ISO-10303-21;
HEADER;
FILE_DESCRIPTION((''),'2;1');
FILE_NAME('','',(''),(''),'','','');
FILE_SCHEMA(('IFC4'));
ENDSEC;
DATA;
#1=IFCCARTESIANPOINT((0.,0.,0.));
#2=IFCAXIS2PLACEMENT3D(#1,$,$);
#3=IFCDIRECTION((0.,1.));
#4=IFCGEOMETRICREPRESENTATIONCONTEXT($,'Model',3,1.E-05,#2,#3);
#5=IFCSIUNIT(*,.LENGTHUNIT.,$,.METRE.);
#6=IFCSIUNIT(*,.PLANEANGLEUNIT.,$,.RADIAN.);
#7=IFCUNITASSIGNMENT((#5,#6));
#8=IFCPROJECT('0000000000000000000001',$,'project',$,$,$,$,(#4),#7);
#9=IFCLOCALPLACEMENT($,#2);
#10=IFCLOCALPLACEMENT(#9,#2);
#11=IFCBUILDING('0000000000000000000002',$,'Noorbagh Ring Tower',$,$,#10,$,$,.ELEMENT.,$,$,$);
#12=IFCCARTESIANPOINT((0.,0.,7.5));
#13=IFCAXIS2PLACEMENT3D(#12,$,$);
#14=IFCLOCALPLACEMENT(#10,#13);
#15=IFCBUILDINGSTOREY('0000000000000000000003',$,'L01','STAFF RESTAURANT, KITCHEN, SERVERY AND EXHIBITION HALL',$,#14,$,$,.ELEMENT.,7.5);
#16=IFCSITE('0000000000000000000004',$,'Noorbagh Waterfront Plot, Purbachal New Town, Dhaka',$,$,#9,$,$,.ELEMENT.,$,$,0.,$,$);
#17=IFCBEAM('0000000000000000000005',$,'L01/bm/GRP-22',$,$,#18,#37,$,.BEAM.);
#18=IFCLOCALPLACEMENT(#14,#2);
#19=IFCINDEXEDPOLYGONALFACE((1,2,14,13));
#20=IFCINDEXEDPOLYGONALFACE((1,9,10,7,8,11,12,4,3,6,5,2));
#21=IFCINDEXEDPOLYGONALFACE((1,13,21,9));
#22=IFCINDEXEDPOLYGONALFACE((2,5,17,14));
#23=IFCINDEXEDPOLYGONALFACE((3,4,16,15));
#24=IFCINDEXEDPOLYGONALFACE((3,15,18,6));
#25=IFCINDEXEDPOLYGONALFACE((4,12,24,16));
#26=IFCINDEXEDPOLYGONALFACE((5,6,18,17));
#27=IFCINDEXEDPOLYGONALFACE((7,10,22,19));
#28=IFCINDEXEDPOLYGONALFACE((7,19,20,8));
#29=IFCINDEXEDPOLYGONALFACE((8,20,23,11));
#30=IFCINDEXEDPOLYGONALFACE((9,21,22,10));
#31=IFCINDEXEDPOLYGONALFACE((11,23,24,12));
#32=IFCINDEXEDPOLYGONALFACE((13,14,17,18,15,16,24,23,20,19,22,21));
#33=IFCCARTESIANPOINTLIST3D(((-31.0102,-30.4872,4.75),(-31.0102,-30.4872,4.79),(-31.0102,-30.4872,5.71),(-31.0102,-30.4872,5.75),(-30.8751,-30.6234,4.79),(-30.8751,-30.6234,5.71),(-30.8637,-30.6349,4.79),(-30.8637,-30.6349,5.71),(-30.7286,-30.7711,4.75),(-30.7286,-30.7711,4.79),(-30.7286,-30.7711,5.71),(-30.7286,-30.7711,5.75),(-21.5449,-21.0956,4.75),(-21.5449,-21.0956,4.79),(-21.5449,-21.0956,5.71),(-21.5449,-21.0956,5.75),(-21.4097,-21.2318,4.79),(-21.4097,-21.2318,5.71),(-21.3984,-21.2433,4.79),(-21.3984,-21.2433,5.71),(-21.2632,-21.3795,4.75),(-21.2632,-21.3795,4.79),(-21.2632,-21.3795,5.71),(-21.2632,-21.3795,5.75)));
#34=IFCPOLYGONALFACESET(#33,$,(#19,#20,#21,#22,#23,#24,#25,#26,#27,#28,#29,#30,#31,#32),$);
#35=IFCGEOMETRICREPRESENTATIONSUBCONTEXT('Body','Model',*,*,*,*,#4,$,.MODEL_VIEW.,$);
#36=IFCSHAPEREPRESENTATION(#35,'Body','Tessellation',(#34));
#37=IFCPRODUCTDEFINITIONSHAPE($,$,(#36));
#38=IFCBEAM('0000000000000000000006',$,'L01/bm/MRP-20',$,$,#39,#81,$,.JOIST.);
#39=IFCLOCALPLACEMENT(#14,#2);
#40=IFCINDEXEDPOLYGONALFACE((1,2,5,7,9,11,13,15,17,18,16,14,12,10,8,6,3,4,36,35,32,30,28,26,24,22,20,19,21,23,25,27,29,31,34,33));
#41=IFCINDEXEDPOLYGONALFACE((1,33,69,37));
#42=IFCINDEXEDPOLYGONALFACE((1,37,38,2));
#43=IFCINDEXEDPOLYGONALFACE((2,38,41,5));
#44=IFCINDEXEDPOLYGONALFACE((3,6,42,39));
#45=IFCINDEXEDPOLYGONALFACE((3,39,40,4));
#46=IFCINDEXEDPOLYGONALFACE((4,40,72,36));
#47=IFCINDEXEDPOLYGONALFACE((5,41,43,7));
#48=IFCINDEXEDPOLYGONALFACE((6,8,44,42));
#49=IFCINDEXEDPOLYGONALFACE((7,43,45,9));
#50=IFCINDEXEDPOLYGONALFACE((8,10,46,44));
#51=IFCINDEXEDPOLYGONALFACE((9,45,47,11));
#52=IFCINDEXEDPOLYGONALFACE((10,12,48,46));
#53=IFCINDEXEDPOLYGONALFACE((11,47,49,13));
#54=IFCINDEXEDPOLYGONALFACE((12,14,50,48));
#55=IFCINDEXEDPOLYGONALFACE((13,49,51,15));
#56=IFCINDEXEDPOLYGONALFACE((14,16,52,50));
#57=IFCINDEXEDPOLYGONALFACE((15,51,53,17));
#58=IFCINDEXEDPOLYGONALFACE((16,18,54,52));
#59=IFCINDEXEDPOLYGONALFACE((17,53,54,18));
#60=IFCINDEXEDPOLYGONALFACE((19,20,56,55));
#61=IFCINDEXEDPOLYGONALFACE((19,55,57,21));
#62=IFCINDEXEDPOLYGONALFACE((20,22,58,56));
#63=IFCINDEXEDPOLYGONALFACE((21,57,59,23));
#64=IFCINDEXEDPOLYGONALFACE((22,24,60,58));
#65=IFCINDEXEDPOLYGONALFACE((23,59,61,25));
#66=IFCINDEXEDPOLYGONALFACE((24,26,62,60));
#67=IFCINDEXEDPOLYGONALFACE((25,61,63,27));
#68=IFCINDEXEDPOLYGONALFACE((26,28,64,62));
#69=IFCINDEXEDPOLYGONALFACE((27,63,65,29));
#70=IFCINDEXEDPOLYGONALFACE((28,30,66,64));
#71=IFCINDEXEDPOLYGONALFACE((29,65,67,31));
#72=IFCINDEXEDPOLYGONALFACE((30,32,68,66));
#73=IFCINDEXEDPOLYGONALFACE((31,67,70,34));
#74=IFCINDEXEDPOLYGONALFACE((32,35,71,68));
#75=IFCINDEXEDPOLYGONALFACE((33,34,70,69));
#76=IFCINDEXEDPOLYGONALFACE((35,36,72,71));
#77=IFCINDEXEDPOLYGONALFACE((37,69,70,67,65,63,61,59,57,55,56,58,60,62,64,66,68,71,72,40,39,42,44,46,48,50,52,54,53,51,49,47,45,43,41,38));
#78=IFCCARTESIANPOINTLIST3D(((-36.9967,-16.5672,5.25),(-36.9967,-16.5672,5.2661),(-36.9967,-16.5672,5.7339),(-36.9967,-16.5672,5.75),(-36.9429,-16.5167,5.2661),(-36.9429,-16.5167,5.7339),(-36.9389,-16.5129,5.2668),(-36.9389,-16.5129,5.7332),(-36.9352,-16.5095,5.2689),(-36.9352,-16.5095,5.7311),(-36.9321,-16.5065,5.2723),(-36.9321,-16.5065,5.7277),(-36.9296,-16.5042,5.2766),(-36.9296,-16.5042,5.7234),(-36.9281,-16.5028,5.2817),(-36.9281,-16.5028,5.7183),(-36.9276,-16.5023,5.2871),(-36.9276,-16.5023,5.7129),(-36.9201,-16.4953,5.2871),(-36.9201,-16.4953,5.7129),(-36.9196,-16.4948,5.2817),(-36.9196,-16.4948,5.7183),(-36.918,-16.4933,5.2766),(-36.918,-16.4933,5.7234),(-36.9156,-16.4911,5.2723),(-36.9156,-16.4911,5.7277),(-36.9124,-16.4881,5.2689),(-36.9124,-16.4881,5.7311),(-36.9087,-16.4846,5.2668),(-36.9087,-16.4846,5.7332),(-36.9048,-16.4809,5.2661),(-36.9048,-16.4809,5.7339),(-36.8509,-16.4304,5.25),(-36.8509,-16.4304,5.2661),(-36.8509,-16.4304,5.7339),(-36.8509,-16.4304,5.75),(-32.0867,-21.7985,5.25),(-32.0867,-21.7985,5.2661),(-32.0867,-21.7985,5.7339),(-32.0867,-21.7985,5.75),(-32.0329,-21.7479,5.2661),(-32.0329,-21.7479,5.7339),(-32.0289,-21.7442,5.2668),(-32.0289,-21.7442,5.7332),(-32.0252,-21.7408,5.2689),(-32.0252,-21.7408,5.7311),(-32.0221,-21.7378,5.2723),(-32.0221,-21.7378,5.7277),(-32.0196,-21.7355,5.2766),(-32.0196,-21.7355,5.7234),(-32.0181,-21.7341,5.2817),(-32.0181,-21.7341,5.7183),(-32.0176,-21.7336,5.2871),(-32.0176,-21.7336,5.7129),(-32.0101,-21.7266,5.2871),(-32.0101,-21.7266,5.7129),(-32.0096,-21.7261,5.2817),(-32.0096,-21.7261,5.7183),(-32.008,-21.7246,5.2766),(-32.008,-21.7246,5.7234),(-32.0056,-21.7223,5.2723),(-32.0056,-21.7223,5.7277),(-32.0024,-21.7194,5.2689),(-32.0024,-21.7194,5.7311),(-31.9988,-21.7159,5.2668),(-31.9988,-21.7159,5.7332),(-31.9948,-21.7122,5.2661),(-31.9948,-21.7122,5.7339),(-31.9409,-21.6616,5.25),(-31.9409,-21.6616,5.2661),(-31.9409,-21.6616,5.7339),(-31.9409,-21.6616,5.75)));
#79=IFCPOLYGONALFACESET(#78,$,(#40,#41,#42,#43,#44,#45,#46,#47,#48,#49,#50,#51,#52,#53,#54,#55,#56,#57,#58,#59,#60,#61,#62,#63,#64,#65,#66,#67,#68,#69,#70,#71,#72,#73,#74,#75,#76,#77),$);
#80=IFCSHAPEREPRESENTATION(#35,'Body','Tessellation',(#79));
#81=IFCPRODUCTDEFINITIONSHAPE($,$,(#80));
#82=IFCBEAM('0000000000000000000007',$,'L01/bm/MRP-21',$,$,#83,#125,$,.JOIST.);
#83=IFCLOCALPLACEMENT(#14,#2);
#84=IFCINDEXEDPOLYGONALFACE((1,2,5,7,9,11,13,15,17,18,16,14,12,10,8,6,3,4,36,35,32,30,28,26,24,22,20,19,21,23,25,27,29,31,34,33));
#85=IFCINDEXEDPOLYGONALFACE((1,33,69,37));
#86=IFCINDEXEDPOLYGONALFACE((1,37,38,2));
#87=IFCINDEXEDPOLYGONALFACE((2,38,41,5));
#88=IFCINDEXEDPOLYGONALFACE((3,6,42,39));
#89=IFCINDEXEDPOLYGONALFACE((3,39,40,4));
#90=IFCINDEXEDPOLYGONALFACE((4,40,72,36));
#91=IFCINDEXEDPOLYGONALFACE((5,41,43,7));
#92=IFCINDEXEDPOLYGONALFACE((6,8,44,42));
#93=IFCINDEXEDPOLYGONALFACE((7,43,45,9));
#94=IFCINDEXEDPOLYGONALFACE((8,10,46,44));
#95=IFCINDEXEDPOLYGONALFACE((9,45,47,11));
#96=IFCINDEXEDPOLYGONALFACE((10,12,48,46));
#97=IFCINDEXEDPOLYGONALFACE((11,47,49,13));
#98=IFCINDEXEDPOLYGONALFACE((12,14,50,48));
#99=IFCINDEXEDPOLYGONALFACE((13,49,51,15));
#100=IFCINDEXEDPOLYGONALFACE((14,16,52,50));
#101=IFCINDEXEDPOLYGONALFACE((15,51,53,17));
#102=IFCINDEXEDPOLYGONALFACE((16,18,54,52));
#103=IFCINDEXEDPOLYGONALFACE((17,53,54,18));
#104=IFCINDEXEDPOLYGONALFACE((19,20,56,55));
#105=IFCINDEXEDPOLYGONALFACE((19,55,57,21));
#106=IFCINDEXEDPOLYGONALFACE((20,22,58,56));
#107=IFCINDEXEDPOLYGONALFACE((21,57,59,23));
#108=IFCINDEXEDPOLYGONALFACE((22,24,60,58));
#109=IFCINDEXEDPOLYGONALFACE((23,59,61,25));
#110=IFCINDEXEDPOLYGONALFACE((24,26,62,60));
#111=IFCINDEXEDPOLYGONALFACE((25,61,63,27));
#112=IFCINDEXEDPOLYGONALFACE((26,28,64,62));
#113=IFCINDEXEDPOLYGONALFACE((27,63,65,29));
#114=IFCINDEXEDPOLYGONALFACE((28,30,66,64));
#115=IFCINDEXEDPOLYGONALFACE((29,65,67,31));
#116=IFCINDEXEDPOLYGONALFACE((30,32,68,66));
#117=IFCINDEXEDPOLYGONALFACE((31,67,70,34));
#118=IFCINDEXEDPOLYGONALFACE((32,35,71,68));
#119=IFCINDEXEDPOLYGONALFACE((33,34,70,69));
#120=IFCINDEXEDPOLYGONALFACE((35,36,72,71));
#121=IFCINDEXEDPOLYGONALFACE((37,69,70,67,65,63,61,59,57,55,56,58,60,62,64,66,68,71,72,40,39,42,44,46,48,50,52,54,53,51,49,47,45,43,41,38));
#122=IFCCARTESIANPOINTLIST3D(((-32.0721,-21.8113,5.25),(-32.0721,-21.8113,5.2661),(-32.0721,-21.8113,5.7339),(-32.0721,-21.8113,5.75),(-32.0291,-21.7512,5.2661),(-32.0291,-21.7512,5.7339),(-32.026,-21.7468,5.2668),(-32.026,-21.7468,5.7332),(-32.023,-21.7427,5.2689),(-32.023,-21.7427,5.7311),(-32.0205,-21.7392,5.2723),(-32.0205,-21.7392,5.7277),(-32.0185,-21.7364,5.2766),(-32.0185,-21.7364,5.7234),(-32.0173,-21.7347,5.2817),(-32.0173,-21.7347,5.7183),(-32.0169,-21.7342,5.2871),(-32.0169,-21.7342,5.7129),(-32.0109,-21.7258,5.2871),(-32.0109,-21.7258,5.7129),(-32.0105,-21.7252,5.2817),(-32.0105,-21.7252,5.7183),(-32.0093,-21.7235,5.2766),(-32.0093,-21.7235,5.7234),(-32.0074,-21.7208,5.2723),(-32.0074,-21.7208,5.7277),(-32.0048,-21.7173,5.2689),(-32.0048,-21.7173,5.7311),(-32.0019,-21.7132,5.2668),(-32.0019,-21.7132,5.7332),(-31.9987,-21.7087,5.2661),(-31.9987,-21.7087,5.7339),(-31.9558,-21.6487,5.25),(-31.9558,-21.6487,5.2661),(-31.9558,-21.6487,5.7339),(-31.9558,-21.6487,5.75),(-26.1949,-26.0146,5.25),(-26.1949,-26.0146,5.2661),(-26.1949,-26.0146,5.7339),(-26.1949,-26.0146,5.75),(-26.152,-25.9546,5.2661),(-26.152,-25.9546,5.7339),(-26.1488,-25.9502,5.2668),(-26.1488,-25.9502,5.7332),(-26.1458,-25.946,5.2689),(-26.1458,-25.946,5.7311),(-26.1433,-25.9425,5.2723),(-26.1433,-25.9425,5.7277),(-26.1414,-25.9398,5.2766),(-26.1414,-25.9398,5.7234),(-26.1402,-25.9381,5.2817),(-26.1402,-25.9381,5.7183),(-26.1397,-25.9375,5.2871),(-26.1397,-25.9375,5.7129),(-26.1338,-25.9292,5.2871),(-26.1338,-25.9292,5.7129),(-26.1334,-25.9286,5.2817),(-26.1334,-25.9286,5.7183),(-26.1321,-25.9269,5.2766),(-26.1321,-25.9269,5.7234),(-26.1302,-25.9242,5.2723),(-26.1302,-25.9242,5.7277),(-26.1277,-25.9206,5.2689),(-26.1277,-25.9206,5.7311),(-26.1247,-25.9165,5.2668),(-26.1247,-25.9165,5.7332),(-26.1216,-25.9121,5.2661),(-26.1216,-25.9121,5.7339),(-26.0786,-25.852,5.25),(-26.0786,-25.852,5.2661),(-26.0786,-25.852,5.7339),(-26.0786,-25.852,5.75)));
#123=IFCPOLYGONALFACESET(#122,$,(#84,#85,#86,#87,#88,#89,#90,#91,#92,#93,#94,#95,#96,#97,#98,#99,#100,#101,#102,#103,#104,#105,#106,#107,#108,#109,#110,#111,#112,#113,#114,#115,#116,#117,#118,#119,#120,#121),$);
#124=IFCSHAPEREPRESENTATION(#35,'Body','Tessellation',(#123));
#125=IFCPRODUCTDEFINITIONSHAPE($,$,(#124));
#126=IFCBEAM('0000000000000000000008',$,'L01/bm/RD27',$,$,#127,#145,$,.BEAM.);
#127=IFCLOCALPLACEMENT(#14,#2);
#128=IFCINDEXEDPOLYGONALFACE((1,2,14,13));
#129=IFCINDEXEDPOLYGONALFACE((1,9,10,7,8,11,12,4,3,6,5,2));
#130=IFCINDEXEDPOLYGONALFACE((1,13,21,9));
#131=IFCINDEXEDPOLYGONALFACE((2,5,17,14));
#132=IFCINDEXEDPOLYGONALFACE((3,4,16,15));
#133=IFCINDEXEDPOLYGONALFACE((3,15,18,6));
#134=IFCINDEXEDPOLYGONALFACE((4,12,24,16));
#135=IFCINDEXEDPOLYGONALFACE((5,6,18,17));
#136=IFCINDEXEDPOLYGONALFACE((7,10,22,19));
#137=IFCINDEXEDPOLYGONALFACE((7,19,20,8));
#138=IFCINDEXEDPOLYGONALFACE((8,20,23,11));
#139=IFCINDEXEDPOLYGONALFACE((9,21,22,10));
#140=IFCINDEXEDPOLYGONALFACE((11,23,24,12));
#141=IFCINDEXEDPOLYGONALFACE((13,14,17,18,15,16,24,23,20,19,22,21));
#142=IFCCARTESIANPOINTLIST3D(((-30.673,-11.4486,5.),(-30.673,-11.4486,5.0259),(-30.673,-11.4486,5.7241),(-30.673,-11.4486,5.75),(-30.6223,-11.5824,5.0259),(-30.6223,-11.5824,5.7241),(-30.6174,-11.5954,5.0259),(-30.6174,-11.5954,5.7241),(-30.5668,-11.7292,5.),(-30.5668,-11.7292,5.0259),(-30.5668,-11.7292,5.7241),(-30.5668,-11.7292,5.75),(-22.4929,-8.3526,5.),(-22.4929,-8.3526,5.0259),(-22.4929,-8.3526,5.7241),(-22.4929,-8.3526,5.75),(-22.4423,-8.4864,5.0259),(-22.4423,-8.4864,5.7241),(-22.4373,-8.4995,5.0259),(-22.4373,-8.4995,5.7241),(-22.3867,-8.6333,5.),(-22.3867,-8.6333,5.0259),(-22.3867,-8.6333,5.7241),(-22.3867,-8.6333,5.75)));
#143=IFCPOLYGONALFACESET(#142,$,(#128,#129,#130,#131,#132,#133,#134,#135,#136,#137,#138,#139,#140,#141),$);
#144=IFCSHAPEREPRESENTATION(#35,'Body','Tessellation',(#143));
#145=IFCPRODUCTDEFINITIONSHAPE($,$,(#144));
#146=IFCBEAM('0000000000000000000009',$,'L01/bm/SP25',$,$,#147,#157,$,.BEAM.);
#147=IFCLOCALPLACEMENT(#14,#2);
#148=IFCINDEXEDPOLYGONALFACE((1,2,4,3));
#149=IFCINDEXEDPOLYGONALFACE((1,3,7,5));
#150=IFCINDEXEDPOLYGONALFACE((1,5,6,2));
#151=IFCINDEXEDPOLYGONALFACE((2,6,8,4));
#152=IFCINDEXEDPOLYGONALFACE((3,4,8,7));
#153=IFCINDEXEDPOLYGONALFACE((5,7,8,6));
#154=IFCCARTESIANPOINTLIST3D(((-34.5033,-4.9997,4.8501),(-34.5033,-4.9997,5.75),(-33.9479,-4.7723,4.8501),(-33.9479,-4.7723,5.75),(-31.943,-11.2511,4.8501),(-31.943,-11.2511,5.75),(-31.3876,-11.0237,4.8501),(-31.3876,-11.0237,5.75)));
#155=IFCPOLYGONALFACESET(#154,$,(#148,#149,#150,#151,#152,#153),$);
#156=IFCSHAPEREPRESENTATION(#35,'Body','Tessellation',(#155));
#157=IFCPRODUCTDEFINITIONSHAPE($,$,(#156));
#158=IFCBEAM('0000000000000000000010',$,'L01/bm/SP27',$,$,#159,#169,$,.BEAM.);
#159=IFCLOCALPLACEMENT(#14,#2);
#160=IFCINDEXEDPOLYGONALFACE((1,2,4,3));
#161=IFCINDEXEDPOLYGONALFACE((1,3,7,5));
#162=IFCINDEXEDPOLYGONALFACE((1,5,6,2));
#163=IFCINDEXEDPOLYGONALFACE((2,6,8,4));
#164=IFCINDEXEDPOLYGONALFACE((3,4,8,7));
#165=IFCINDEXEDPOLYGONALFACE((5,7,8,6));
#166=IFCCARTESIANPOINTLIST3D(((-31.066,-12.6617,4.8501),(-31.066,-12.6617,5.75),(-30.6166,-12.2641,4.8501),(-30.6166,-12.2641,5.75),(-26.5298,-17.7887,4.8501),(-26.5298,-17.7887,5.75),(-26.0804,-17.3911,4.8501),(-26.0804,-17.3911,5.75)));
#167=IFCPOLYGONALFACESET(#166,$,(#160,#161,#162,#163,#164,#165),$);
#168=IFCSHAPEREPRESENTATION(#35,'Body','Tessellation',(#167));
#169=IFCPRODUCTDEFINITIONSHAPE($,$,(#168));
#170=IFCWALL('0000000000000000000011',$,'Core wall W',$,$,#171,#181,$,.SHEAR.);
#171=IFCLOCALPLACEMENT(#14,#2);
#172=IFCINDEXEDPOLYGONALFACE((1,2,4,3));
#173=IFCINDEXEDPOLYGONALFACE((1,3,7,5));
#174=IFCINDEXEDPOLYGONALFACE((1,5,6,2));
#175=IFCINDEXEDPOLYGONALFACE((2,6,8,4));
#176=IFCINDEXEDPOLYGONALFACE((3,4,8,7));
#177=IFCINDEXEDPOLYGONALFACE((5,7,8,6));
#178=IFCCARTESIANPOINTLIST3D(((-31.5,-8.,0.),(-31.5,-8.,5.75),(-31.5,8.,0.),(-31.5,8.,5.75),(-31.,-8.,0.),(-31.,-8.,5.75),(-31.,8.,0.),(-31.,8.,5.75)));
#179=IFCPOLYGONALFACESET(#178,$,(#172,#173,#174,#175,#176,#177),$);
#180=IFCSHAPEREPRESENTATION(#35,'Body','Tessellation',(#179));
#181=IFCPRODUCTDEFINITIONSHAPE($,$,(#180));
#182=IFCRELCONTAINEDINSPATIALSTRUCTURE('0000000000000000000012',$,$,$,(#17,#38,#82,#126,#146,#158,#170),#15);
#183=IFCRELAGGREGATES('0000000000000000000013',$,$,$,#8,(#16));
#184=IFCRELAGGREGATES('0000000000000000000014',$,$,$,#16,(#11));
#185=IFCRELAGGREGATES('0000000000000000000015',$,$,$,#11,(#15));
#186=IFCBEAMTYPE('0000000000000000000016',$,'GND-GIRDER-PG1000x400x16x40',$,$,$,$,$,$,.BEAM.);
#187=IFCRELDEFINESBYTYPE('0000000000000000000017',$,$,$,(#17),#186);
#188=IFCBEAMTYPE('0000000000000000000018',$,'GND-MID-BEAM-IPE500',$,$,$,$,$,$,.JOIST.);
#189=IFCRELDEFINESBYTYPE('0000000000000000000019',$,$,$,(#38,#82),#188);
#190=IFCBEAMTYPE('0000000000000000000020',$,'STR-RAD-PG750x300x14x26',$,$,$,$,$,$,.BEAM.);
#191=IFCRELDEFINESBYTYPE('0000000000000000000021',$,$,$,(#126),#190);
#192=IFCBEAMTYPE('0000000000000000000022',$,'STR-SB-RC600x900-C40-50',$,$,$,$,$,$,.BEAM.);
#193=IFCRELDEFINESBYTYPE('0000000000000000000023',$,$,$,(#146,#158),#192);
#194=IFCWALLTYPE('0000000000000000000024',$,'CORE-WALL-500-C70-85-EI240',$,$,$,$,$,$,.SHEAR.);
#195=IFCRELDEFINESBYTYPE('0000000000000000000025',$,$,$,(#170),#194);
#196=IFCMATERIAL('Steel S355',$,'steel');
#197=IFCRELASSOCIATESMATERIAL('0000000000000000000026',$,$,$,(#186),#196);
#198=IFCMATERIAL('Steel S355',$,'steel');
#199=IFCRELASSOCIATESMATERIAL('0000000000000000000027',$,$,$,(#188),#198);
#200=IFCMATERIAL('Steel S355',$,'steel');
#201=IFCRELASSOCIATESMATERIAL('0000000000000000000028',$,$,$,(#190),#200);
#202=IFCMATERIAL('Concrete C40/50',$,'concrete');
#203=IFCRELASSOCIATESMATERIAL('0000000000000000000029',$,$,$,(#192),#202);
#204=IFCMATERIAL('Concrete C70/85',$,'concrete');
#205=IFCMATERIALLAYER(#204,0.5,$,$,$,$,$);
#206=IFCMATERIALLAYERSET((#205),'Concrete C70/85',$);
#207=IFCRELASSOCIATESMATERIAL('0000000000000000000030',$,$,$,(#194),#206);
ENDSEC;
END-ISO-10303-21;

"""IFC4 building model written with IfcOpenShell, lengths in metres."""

from ifc_helpers import new_model, si_unit, direction, frame, frame_2d, origin, origin_2d, place, context, subcontext, project, spatial, rectangle, i_section, extrude, material, layer, layer_set, material_profile, profile_set, type_object, element, save


model = new_model("IFC4")

# Units and contexts
model_context = context("Model", 3, precision=1e-05, world=origin(), true_north=direction((0.0, 1.0)))
body_context = subcontext(model_context, "Body", "Model", "MODEL_VIEW")
ifc_project = project(units=[si_unit("LENGTHUNIT", "METRE"), si_unit("PLANEANGLEUNIT", "RADIAN")], contexts=[model_context])

# Site, building, storey
site_placement = place(None, origin())
site = spatial("IfcSite", under=ifc_project, at=site_placement, Name="Noorbagh Waterfront Plot, Purbachal New Town, Dhaka", CompositionType="ELEMENT", RefElevation=0.0)
building_placement = place(site_placement, origin())
building = spatial("IfcBuilding", under=site, at=building_placement, Name="Noorbagh Ring Tower", CompositionType="ELEMENT")
storey_placement = place(building_placement, frame((0.0, 0.0, 7.5)))
storey = spatial("IfcBuildingStorey", under=building, at=storey_placement, Name="L01", Description="STAFF RESTAURANT, KITCHEN, SERVERY AND EXHIBITION HALL", CompositionType="ELEMENT", Elevation=7.5)

# Beams
ifc_material_1 = material(Name="Steel S355", Category="steel")
ifc_material_profile_1 = material_profile(ifc_material_1, i_section(OverallWidth=0.3999, OverallDepth=1.0, WebThickness=0.0161, FlangeThickness=0.04, at=origin_2d()), Name="PG1000x400x16x40")
ifc_profile_set_1 = profile_set([ifc_material_profile_1], Name="Steel S355")
beam_type_1 = type_object("IfcBeamType", Name="GND-GIRDER-PG1000x400x16x40", PredefinedType="BEAM", material=ifc_profile_set_1)
beam_1_placement = place(storey_placement, frame((-30.8694, -30.6292, 5.25), z_axis=(0.709866, 0.704337, 0.0), x_axis=(-0.704337, 0.709866, 0.0)))
element("IfcBeam", 1, at=beam_1_placement, inside=storey, type_object=beam_type_1, Name="L01/bm/GRP-22", PredefinedType="BEAM", context=body_context, shape_type="SweptSolid", body=[
    extrude(i_section(OverallWidth=0.3999, OverallDepth=1.0, WebThickness=0.0161, FlangeThickness=0.04, at=origin_2d()), origin(), (0.0, 0.0, 1.0), 13.334),
])
ifc_material_2 = material(Name="Steel S355", Category="steel")
ifc_material_profile_2 = material_profile(ifc_material_2, i_section(OverallWidth=0.2, OverallDepth=0.5, WebThickness=0.0103, FlangeThickness=0.0161, FilletRadius=0.021, at=origin_2d()), Name="IPE500")
ifc_profile_set_2 = profile_set([ifc_material_profile_2], Name="Steel S355")
beam_type_2 = type_object("IfcBeamType", Name="GND-MID-BEAM-IPE500", PredefinedType="JOIST", material=ifc_profile_set_2)
beam_2_placement = place(storey_placement, frame((-36.9238, -16.4988, 5.5), z_axis=(0.684361, -0.729143, 0.0), x_axis=(0.729143, 0.684361, 0.0)))
element("IfcBeam", 2, at=beam_2_placement, inside=storey, type_object=beam_type_2, Name="L01/bm/MRP-20", PredefinedType="JOIST", context=body_context, shape_type="SweptSolid", body=[
    extrude(i_section(OverallWidth=0.2, OverallDepth=0.5, WebThickness=0.0103, FlangeThickness=0.0161, FilletRadius=0.021, at=origin_2d()), origin(), (0.0, 0.0, 1.0), 7.1746),
])
beam_3_placement = place(storey_placement, frame((-32.0139, -21.73, 5.5), z_axis=(0.813382, -0.58173, 0.0), x_axis=(0.58173, 0.813382, 0.0)))
element("IfcBeam", 3, at=beam_3_placement, inside=storey, type_object=beam_type_2, Name="L01/bm/MRP-21", PredefinedType="JOIST", context=body_context, shape_type="SweptSolid", body=[
    extrude(i_section(OverallWidth=0.2, OverallDepth=0.5, WebThickness=0.0103, FlangeThickness=0.0161, FilletRadius=0.021, at=origin_2d()), origin(), (0.0, 0.0, 1.0), 7.2256),
])
ifc_material_3 = material(Name="Steel S355", Category="steel")
ifc_material_profile_3 = material_profile(ifc_material_3, i_section(OverallWidth=0.3, OverallDepth=0.75, WebThickness=0.0139, FlangeThickness=0.0259, at=origin_2d()), Name="PG750x300x14x26")
ifc_profile_set_3 = profile_set([ifc_material_profile_3], Name="Steel S355")
beam_type_3 = type_object("IfcBeamType", Name="STR-RAD-PG750x300x14x26", PredefinedType="BEAM", material=ifc_profile_set_3)
beam_4_placement = place(storey_placement, frame((-30.6199, -11.5889, 5.375), z_axis=(0.935258, 0.353967, 0.0), x_axis=(-0.353967, 0.935258, 0.0)))
element("IfcBeam", 4, at=beam_4_placement, inside=storey, type_object=beam_type_3, Name="L01/bm/RD27", PredefinedType="BEAM", context=body_context, shape_type="SweptSolid", body=[
    extrude(i_section(OverallWidth=0.3, OverallDepth=0.75, WebThickness=0.0139, FlangeThickness=0.0259, at=origin_2d()), origin(), (0.0, 0.0, 1.0), 8.7463),
])
ifc_material_4 = material(Name="Concrete C40/50", Category="concrete")
ifc_material_profile_4 = material_profile(ifc_material_4, rectangle(XDim=0.6001, YDim=0.8999, at=origin_2d()), Name="RC600x900")
ifc_profile_set_4 = profile_set([ifc_material_profile_4], Name="Concrete C40/50")
beam_type_4 = type_object("IfcBeamType", Name="STR-SB-RC600x900-C40-50", PredefinedType="BEAM", material=ifc_profile_set_4)
beam_5_placement = place(storey_placement, frame((-34.2256, -4.886, 5.3), z_axis=(0.378999, -0.925397, 0.0), x_axis=(0.925397, 0.378999, 0.0)))
element("IfcBeam", 5, at=beam_5_placement, inside=storey, type_object=beam_type_4, Name="L01/bm/SP25", PredefinedType="BEAM", context=body_context, shape_type="SweptSolid", body=[
    extrude(rectangle(XDim=0.6001, YDim=0.8999, at=origin_2d()), origin(), (0.0, 0.0, 1.0), 6.7554),
])
beam_6_placement = place(storey_placement, frame((-30.8413, -12.4629, 5.3), z_axis=(0.662635, -0.748942, 0.0), x_axis=(0.748942, 0.662635, 0.0)))
element("IfcBeam", 6, at=beam_6_placement, inside=storey, type_object=beam_type_4, Name="L01/bm/SP27", PredefinedType="BEAM", context=body_context, shape_type="SweptSolid", body=[
    extrude(rectangle(XDim=0.6001, YDim=0.8999, at=origin_2d()), origin(), (0.0, 0.0, 1.0), 6.8457),
])

# Wall
ifc_material_5 = material(Name="Concrete C70/85", Category="concrete")
ifc_layer_1 = layer(ifc_material_5, 0.5)
ifc_layer_set_1 = layer_set([ifc_layer_1], Name="Concrete C70/85")
wall_type_1 = type_object("IfcWallType", Name="CORE-WALL-500-C70-85-EI240", PredefinedType="SHEAR", material=ifc_layer_set_1)
wall_1_placement = place(storey_placement, frame((-31.25, -8.0, 0.0), z_axis=(0.0, 0.0, 1.0), x_axis=(0.0, 1.0, 0.0)))
element("IfcWall", 7, at=wall_1_placement, inside=storey, type_object=wall_type_1, Name="Core wall W", PredefinedType="SHEAR", context=body_context, shape_type="SweptSolid", body=[
    extrude(rectangle(XDim=16.0, YDim=0.5, at=frame_2d((8.0, 0.0))), origin(), (0.0, 0.0, 1.0), 5.75),
])

save(model, "model.ifc")
